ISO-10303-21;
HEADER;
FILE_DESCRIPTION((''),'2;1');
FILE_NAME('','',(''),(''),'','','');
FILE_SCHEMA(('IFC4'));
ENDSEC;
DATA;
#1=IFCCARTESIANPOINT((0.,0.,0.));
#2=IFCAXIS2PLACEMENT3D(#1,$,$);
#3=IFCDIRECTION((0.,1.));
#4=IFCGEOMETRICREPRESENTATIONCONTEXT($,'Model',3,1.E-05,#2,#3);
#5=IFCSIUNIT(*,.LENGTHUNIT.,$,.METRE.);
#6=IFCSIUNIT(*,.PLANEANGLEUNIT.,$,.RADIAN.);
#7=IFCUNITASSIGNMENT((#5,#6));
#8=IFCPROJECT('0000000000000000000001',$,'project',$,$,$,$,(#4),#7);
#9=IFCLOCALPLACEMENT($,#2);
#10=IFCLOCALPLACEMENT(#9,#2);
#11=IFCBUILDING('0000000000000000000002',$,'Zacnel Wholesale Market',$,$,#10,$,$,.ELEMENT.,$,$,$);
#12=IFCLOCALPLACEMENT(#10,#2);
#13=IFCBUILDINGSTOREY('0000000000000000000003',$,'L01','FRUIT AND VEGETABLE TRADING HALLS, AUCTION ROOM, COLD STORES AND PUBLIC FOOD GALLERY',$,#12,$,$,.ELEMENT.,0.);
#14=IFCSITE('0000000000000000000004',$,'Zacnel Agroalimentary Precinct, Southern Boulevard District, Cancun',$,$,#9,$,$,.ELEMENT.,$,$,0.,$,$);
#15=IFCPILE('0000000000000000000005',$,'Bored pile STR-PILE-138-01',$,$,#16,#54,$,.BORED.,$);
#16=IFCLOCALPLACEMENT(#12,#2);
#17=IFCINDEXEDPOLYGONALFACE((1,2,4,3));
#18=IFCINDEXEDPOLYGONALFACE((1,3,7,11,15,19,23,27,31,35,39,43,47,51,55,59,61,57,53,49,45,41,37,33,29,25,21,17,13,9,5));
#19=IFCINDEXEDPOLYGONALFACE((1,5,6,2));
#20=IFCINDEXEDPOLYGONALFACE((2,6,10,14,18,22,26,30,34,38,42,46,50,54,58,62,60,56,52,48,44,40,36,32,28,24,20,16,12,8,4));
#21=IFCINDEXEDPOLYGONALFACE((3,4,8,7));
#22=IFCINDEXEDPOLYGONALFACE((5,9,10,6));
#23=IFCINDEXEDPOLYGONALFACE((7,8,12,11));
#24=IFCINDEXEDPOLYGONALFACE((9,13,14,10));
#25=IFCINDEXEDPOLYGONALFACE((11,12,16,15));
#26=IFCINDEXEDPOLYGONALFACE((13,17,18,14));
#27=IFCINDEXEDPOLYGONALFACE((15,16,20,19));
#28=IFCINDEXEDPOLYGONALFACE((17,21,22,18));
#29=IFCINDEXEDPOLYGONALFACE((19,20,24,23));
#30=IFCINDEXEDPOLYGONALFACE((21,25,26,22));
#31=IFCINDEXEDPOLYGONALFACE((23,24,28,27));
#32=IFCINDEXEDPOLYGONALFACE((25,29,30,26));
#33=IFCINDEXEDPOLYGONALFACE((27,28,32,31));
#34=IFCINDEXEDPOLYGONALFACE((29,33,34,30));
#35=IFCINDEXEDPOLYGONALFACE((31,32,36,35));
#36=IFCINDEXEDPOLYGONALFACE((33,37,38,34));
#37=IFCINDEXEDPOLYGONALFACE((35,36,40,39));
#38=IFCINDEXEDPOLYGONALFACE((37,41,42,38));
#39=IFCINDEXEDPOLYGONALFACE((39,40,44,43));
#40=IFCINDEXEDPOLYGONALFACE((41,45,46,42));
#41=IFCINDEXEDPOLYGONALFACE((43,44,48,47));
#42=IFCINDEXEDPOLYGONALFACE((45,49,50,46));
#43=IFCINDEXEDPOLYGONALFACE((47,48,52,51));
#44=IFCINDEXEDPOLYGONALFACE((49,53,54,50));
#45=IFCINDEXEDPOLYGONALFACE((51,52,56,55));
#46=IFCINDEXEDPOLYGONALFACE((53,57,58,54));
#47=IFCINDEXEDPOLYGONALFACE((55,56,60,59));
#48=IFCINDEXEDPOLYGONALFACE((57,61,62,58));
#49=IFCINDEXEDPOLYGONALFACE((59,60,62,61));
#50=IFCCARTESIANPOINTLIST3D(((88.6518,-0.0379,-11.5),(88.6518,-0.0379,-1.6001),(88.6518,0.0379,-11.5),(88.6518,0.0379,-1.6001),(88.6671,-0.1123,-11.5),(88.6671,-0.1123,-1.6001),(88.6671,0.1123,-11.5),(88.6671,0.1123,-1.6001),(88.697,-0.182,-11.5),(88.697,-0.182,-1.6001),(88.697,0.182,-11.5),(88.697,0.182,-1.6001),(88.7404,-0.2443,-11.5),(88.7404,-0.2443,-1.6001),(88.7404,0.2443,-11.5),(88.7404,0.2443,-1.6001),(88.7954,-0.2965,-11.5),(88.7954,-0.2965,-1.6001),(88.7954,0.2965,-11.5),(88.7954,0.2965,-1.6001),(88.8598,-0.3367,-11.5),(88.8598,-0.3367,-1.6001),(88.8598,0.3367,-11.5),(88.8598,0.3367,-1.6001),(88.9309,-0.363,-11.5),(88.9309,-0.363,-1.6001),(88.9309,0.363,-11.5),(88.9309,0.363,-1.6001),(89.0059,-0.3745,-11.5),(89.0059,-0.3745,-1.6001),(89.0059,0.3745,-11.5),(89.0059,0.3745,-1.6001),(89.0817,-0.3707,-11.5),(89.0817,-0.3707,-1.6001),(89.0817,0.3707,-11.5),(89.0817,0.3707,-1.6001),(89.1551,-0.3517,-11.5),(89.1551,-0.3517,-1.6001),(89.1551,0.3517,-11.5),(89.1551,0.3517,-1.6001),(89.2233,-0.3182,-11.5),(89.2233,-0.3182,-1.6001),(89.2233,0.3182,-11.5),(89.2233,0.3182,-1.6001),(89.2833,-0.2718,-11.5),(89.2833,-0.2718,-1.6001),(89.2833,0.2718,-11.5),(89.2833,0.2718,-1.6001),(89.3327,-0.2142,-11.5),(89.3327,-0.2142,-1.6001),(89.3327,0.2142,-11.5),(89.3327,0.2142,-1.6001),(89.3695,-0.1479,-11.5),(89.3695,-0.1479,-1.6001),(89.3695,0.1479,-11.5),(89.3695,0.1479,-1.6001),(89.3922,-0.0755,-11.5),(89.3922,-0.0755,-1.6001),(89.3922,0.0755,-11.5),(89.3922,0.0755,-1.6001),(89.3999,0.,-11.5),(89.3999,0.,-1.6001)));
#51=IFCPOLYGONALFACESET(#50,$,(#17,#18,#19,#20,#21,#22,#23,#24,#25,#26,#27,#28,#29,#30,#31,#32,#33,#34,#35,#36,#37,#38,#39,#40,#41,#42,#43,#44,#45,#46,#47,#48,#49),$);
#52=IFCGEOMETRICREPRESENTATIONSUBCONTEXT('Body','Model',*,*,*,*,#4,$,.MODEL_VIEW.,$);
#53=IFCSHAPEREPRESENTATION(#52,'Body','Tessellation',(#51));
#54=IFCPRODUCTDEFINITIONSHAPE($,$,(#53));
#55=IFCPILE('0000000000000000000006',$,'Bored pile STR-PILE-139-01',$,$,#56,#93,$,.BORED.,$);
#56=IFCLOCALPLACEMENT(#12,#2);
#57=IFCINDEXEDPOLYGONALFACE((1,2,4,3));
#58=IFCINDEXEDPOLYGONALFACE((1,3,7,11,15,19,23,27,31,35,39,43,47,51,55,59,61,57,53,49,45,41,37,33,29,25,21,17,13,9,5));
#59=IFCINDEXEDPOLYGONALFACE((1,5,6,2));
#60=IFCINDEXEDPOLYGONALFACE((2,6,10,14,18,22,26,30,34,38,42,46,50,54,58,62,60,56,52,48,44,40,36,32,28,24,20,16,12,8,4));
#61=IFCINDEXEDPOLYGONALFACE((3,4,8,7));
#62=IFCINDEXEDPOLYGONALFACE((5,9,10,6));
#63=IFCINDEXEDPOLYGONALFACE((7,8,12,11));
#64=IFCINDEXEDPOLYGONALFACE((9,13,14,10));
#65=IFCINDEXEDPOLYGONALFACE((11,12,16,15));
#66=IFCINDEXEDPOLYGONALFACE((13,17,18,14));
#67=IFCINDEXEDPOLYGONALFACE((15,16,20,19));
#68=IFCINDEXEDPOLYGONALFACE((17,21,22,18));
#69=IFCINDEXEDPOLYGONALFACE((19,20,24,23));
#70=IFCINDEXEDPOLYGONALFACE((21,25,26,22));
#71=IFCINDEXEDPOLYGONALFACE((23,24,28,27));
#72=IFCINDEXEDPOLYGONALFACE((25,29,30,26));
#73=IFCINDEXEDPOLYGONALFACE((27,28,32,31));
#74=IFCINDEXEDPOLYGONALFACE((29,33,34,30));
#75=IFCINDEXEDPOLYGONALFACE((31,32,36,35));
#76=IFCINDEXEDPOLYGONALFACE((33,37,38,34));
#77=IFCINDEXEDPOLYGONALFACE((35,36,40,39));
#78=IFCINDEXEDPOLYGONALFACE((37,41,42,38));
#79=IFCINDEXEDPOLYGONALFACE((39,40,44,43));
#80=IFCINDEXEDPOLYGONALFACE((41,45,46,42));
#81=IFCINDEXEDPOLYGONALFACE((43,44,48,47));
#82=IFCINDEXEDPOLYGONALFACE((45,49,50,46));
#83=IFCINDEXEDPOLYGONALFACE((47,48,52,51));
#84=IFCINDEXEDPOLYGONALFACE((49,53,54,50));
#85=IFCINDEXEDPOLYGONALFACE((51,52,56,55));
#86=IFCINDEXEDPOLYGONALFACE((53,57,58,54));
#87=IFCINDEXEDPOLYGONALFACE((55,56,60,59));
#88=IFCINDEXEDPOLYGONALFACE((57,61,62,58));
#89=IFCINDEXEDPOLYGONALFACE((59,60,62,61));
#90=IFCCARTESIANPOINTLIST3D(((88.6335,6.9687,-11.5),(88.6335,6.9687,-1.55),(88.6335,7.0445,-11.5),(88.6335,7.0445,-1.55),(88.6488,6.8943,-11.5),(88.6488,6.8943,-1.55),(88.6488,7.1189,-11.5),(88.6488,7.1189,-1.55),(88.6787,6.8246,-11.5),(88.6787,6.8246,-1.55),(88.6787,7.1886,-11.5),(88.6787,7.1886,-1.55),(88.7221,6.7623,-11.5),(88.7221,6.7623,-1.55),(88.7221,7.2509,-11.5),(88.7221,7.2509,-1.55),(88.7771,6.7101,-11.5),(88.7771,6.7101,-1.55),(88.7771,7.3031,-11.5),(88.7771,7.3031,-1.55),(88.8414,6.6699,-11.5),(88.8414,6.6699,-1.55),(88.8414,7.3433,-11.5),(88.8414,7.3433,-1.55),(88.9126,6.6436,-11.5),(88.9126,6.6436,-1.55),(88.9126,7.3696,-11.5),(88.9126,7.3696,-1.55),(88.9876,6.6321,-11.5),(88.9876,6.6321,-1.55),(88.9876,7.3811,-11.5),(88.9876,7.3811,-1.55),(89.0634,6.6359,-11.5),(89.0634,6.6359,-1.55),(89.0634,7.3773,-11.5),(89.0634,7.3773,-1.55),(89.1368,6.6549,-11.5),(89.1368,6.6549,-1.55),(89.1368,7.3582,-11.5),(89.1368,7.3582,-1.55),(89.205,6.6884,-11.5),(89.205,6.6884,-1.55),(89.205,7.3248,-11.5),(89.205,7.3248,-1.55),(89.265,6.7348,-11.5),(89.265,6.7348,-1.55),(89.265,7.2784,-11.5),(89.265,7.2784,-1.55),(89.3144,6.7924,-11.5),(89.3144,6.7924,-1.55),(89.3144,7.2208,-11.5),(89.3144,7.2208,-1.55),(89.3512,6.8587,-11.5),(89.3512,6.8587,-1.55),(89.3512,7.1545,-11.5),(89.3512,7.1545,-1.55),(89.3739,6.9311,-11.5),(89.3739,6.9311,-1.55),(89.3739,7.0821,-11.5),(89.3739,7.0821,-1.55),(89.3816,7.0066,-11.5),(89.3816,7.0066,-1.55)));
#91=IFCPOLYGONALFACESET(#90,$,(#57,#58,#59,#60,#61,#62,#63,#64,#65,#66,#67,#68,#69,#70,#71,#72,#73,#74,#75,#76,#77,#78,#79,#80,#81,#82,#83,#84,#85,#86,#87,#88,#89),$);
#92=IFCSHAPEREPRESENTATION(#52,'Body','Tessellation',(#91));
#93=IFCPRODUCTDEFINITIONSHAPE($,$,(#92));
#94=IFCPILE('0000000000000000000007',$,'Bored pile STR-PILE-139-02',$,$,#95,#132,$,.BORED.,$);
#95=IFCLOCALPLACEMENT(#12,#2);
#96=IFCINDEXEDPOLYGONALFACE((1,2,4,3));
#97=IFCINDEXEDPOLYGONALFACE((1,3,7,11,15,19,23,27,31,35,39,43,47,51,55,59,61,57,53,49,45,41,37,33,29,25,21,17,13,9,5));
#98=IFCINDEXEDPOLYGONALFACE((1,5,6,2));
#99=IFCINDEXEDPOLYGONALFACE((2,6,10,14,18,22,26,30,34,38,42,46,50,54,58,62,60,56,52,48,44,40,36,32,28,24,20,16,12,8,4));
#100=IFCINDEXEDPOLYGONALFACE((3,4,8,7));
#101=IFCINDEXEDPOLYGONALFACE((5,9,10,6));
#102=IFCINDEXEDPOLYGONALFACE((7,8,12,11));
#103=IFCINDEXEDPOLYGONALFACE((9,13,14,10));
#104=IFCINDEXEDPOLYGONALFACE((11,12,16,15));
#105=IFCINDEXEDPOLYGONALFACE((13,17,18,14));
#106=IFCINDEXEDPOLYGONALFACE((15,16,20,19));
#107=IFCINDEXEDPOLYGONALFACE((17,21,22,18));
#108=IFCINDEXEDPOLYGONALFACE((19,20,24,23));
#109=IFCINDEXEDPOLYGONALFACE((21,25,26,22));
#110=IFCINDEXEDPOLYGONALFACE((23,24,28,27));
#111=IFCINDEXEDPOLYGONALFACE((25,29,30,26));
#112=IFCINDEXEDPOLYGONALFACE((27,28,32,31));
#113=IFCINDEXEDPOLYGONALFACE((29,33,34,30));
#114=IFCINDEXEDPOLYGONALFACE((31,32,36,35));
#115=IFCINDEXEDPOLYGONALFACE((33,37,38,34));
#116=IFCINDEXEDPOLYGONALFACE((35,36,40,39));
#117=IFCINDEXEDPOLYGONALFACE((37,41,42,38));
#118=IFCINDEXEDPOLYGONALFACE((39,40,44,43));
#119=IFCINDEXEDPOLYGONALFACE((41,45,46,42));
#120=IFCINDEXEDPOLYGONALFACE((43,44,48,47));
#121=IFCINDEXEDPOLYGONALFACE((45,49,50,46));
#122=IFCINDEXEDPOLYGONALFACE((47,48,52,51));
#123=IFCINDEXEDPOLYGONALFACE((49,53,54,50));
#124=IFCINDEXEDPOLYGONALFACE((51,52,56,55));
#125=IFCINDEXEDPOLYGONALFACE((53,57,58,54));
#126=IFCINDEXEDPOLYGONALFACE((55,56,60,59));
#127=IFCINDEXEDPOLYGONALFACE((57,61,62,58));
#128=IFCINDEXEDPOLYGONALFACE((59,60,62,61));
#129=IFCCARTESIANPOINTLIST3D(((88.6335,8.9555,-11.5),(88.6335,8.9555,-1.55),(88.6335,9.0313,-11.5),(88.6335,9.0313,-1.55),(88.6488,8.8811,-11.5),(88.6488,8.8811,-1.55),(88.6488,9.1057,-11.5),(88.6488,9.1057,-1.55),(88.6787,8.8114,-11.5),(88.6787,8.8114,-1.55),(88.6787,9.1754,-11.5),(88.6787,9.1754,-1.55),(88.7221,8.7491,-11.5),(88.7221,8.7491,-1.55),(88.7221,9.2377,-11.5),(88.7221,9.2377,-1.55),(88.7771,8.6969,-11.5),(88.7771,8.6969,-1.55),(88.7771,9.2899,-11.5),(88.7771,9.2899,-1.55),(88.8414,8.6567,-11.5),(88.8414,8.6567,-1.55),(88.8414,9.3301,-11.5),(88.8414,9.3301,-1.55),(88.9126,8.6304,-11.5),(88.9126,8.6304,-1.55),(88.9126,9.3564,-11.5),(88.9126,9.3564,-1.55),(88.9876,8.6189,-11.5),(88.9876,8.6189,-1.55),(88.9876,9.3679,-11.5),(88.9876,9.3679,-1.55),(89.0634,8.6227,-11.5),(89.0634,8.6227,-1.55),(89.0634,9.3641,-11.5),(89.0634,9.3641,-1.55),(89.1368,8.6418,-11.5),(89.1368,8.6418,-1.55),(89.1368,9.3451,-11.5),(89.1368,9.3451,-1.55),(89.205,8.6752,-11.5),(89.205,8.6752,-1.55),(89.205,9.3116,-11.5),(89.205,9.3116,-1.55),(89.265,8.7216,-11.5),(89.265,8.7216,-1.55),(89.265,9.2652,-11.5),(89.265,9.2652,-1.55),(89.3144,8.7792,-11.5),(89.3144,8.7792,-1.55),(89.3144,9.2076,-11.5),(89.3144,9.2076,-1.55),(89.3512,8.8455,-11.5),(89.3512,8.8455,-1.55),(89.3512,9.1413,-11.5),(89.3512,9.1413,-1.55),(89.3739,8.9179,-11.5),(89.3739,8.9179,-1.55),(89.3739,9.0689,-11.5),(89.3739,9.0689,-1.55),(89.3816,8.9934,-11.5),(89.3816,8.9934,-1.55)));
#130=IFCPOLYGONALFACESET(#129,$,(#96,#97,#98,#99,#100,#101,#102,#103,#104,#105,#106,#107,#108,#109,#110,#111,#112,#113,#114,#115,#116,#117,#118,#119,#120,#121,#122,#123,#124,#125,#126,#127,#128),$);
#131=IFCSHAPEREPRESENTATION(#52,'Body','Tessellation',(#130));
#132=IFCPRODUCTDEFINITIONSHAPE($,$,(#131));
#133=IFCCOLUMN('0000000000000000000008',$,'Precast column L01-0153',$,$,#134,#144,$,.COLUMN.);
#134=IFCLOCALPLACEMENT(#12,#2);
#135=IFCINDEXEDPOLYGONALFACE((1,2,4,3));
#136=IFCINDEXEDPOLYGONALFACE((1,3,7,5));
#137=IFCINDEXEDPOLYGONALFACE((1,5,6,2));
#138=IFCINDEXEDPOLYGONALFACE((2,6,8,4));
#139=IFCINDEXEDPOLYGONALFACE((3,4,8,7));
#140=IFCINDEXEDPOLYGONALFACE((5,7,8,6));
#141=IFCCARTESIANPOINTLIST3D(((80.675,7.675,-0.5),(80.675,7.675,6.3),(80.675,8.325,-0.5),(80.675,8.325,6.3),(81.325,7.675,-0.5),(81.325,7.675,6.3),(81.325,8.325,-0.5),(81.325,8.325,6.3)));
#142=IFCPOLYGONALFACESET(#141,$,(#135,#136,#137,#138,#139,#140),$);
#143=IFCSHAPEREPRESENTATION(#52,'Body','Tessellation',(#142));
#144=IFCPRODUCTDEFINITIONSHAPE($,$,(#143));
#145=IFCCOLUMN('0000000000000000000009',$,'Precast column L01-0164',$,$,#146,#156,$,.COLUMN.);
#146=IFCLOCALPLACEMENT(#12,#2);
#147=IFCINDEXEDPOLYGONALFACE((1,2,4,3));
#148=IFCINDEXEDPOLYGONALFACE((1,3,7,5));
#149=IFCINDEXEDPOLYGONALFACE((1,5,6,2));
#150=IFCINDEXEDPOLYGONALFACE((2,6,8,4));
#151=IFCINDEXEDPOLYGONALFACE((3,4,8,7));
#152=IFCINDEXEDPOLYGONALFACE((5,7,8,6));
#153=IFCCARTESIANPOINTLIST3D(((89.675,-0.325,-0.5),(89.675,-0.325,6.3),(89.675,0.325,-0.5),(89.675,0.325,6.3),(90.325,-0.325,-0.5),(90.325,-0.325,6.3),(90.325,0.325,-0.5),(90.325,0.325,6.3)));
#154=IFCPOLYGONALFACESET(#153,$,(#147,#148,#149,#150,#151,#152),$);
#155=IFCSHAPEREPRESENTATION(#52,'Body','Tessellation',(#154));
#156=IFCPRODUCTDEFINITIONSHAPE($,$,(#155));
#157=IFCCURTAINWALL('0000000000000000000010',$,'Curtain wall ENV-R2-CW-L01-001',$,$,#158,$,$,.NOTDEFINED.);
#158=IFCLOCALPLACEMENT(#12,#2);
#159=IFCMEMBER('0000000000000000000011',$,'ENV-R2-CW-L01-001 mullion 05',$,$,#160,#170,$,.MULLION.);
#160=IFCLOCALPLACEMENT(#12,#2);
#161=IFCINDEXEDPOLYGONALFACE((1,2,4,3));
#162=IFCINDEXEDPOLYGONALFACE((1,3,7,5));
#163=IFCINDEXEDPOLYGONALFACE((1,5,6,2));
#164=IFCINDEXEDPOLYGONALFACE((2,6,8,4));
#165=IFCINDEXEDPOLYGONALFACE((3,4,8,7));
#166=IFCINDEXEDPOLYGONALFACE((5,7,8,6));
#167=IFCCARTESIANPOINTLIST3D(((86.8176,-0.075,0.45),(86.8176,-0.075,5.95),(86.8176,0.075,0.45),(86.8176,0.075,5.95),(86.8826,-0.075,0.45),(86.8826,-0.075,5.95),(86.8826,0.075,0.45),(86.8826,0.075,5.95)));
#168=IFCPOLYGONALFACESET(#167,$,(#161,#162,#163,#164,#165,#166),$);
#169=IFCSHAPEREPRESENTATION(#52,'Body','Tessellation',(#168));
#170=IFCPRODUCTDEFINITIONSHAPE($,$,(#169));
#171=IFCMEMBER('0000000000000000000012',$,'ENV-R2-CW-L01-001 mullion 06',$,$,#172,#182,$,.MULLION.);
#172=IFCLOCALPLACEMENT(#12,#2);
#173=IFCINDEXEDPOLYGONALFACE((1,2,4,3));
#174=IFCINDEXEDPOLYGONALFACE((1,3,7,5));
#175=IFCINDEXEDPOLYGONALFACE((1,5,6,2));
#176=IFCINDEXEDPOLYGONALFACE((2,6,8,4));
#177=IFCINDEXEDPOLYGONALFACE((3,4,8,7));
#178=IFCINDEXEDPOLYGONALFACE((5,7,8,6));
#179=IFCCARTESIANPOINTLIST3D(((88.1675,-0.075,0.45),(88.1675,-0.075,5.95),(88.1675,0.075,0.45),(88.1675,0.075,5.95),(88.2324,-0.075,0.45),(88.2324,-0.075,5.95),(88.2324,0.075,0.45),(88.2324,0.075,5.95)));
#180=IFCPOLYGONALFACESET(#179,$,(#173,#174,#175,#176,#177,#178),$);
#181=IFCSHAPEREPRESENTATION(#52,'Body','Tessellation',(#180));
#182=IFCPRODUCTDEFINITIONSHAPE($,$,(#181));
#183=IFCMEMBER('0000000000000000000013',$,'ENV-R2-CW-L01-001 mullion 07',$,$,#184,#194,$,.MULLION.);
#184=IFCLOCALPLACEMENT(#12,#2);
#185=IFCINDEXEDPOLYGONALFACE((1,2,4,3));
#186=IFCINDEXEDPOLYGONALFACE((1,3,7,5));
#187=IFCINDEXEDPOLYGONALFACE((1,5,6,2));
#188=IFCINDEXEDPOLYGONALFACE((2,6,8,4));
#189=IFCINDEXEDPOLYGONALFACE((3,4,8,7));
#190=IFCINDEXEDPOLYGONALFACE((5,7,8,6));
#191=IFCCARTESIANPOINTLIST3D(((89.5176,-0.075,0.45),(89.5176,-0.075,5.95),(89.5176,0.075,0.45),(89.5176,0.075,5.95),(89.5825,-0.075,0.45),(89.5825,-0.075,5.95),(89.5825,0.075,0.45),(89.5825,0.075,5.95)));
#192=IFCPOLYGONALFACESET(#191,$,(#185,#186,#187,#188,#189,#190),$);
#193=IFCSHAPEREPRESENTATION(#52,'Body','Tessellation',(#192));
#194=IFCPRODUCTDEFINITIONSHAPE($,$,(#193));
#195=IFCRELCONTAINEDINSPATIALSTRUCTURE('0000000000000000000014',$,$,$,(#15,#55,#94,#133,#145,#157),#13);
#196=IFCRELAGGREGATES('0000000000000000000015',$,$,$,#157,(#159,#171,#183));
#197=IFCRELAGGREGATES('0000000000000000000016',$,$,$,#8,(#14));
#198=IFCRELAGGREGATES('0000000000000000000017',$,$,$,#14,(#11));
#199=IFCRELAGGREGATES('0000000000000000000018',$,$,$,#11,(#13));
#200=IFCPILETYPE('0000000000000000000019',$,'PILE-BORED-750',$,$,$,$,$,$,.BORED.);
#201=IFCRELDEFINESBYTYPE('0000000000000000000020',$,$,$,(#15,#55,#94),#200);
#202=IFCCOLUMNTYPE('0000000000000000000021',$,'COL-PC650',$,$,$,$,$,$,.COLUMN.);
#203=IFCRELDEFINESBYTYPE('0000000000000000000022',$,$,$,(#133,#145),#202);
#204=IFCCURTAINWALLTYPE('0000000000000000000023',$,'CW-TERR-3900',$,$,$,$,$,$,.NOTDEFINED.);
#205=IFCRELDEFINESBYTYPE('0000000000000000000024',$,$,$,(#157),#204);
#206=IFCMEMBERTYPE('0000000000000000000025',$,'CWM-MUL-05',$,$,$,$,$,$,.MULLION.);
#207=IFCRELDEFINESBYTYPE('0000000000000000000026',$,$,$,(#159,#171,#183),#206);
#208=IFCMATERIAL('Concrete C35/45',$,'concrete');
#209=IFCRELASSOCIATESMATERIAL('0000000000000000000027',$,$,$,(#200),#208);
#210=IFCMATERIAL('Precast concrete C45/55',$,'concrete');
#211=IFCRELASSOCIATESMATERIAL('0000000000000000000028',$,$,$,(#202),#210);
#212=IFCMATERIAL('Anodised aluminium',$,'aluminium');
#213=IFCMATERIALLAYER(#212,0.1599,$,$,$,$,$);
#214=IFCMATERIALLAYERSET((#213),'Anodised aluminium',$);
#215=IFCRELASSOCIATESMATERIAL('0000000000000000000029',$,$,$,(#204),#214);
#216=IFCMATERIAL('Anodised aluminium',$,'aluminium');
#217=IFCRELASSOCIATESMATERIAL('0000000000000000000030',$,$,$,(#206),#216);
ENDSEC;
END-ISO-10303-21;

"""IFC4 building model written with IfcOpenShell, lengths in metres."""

from ifc_helpers import new_model, si_unit, direction, frame, origin, origin_2d, place, context, subcontext, project, spatial, rectangle, circle, extrude, material, layer, layer_set, material_profile, profile_set, type_object, element, aggregate, save


model = new_model("IFC4")

# Units and contexts
model_context = context("Model", 3, precision=1e-05, world=origin(), true_north=direction((0.0, 1.0)))
body_context = subcontext(model_context, "Body", "Model", "MODEL_VIEW")
ifc_project = project(units=[si_unit("LENGTHUNIT", "METRE"), si_unit("PLANEANGLEUNIT", "RADIAN")], contexts=[model_context])

# Site, building, storey
site_placement = place(None, origin())
site = spatial("IfcSite", under=ifc_project, at=site_placement, Name="Zacnel Agroalimentary Precinct, Southern Boulevard District, Cancun", CompositionType="ELEMENT", RefElevation=0.0)
building_placement = place(site_placement, origin())
building = spatial("IfcBuilding", under=site, at=building_placement, Name="Zacnel Wholesale Market", CompositionType="ELEMENT")
storey_placement = place(building_placement, origin())
storey = spatial("IfcBuildingStorey", under=building, at=storey_placement, Name="L01", Description="FRUIT AND VEGETABLE TRADING HALLS, AUCTION ROOM, COLD STORES AND PUBLIC FOOD GALLERY", CompositionType="ELEMENT", Elevation=0.0)

# Piles
ifc_material_1 = material(Name="Concrete C35/45", Category="concrete")
ifc_material_profile_1 = material_profile(ifc_material_1, circle(Radius=0.375, at=origin_2d()), Name="BORED PILE D750")
ifc_profile_set_1 = profile_set([ifc_material_profile_1], Name="Concrete C35/45")
pile_type = type_object("IfcPileType", Name="PILE-BORED-750", PredefinedType="BORED", material=ifc_profile_set_1)
pile_1_placement = place(storey_placement, frame((89.0249, 0.0, -1.6001), z_axis=(0.0, 0.0, -1.0), x_axis=(1.0, 0.0, 0.0)))
element("IfcPile", 1, at=pile_1_placement, inside=storey, type_object=pile_type, Name="Bored pile STR-PILE-138-01", PredefinedType="BORED", context=body_context, shape_type="SweptSolid", body=[
    extrude(circle(Radius=0.375, at=origin_2d()), origin(), (0.0, 0.0, 1.0), 9.8999),
])
for number, where, z_axis, x_axis, name in (
    (2, (89.0066, 7.0066, -1.55), (0.0, 0.0, -1.0), (1.0, 0.0, 0.0), "Bored pile STR-PILE-139-01"),
    (3, (89.0066, 8.9934, -1.55), (0.0, 0.0, -1.0), (1.0, 0.0, 0.0), "Bored pile STR-PILE-139-02"),
):
    element("IfcPile", number, at=place(storey_placement, frame(where, z_axis=z_axis, x_axis=x_axis)), inside=storey, type_object=pile_type, Name=name, PredefinedType="BORED", context=body_context, shape_type="SweptSolid", body=[
        extrude(circle(Radius=0.375, at=origin_2d()), origin(), (0.0, 0.0, 1.0), 9.95),
    ])

# Columns
ifc_material_2 = material(Name="Precast concrete C45/55", Category="concrete")
ifc_material_profile_2 = material_profile(ifc_material_2, rectangle(XDim=0.6499, YDim=0.6499, at=origin_2d()), Name="PC 650x650")
ifc_profile_set_2 = profile_set([ifc_material_profile_2], Name="Precast concrete C45/55")
column_type = type_object("IfcColumnType", Name="COL-PC650", PredefinedType="COLUMN", material=ifc_profile_set_2)
for number, where, z_axis, x_axis, name in (
    (4, (81.0, 8.0, -0.5), (0.0, 0.0, 1.0), (1.0, 0.0, 0.0), "Precast column L01-0153"),
    (5, (90.0, 0.0, -0.5), (0.0, 0.0, 1.0), (1.0, 0.0, 0.0), "Precast column L01-0164"),
):
    element("IfcColumn", number, at=place(storey_placement, frame(where, z_axis=z_axis, x_axis=x_axis)), inside=storey, type_object=column_type, Name=name, PredefinedType="COLUMN", context=body_context, shape_type="SweptSolid", body=[
        extrude(rectangle(XDim=0.6499, YDim=0.6499, at=origin_2d()), origin(), (0.0, 0.0, 1.0), 6.8),
    ])

# Curtain wall, members
ifc_material_3 = material(Name="Anodised aluminium", Category="aluminium")
ifc_layer_1 = layer(ifc_material_3, 0.1599)
ifc_layer_set_1 = layer_set([ifc_layer_1], Name="Anodised aluminium")
curtain_wall_type = type_object("IfcCurtainWallType", Name="CW-TERR-3900", PredefinedType="NOTDEFINED", material=ifc_layer_set_1)
curtain_wall_placement = place(storey_placement, origin())
curtain_wall = element("IfcCurtainWall", 6, at=curtain_wall_placement, inside=storey, type_object=curtain_wall_type, Name="Curtain wall ENV-R2-CW-L01-001", PredefinedType="NOTDEFINED")
ifc_material_4 = material(Name="Anodised aluminium", Category="aluminium")
ifc_material_profile_3 = material_profile(ifc_material_4, rectangle(XDim=0.0649, YDim=0.1499, at=origin_2d()), Name="AW-MULLION 65x150")
ifc_profile_set_3 = profile_set([ifc_material_profile_3], Name="Anodised aluminium")
member_type_1 = type_object("IfcMemberType", Name="CWM-MUL-05", PredefinedType="MULLION", material=ifc_profile_set_3)
member_1_placement = place(storey_placement, frame((86.8501, 0.0, 0.45), z_axis=(0.0, 0.0, 1.0), x_axis=(1.0, 0.0, 0.0)))
member_1 = element("IfcMember", 7, at=member_1_placement, type_object=member_type_1, Name="ENV-R2-CW-L01-001 mullion 05", PredefinedType="MULLION", context=body_context, shape_type="SweptSolid", body=[
    extrude(rectangle(XDim=0.0649, YDim=0.1499, at=origin_2d()), origin(), (0.0, 0.0, 1.0), 5.5),
])
member_2_placement = place(storey_placement, frame((88.2, 0.0, 0.45), z_axis=(0.0, 0.0, 1.0), x_axis=(1.0, 0.0, 0.0)))
member_2 = element("IfcMember", 8, at=member_2_placement, type_object=member_type_1, Name="ENV-R2-CW-L01-001 mullion 06", PredefinedType="MULLION", context=body_context, shape_type="SweptSolid", body=[
    extrude(rectangle(XDim=0.0649, YDim=0.1499, at=origin_2d()), origin(), (0.0, 0.0, 1.0), 5.5),
])
member_3_placement = place(storey_placement, frame((89.55, 0.0, 0.45), z_axis=(0.0, 0.0, 1.0), x_axis=(1.0, 0.0, 0.0)))
member_3 = element("IfcMember", 9, at=member_3_placement, type_object=member_type_1, Name="ENV-R2-CW-L01-001 mullion 07", PredefinedType="MULLION", context=body_context, shape_type="SweptSolid", body=[
    extrude(rectangle(XDim=0.0649, YDim=0.1499, at=origin_2d()), origin(), (0.0, 0.0, 1.0), 5.5),
])
aggregate(curtain_wall, [member_1, member_2, member_3])

save(model, "model.ifc")
